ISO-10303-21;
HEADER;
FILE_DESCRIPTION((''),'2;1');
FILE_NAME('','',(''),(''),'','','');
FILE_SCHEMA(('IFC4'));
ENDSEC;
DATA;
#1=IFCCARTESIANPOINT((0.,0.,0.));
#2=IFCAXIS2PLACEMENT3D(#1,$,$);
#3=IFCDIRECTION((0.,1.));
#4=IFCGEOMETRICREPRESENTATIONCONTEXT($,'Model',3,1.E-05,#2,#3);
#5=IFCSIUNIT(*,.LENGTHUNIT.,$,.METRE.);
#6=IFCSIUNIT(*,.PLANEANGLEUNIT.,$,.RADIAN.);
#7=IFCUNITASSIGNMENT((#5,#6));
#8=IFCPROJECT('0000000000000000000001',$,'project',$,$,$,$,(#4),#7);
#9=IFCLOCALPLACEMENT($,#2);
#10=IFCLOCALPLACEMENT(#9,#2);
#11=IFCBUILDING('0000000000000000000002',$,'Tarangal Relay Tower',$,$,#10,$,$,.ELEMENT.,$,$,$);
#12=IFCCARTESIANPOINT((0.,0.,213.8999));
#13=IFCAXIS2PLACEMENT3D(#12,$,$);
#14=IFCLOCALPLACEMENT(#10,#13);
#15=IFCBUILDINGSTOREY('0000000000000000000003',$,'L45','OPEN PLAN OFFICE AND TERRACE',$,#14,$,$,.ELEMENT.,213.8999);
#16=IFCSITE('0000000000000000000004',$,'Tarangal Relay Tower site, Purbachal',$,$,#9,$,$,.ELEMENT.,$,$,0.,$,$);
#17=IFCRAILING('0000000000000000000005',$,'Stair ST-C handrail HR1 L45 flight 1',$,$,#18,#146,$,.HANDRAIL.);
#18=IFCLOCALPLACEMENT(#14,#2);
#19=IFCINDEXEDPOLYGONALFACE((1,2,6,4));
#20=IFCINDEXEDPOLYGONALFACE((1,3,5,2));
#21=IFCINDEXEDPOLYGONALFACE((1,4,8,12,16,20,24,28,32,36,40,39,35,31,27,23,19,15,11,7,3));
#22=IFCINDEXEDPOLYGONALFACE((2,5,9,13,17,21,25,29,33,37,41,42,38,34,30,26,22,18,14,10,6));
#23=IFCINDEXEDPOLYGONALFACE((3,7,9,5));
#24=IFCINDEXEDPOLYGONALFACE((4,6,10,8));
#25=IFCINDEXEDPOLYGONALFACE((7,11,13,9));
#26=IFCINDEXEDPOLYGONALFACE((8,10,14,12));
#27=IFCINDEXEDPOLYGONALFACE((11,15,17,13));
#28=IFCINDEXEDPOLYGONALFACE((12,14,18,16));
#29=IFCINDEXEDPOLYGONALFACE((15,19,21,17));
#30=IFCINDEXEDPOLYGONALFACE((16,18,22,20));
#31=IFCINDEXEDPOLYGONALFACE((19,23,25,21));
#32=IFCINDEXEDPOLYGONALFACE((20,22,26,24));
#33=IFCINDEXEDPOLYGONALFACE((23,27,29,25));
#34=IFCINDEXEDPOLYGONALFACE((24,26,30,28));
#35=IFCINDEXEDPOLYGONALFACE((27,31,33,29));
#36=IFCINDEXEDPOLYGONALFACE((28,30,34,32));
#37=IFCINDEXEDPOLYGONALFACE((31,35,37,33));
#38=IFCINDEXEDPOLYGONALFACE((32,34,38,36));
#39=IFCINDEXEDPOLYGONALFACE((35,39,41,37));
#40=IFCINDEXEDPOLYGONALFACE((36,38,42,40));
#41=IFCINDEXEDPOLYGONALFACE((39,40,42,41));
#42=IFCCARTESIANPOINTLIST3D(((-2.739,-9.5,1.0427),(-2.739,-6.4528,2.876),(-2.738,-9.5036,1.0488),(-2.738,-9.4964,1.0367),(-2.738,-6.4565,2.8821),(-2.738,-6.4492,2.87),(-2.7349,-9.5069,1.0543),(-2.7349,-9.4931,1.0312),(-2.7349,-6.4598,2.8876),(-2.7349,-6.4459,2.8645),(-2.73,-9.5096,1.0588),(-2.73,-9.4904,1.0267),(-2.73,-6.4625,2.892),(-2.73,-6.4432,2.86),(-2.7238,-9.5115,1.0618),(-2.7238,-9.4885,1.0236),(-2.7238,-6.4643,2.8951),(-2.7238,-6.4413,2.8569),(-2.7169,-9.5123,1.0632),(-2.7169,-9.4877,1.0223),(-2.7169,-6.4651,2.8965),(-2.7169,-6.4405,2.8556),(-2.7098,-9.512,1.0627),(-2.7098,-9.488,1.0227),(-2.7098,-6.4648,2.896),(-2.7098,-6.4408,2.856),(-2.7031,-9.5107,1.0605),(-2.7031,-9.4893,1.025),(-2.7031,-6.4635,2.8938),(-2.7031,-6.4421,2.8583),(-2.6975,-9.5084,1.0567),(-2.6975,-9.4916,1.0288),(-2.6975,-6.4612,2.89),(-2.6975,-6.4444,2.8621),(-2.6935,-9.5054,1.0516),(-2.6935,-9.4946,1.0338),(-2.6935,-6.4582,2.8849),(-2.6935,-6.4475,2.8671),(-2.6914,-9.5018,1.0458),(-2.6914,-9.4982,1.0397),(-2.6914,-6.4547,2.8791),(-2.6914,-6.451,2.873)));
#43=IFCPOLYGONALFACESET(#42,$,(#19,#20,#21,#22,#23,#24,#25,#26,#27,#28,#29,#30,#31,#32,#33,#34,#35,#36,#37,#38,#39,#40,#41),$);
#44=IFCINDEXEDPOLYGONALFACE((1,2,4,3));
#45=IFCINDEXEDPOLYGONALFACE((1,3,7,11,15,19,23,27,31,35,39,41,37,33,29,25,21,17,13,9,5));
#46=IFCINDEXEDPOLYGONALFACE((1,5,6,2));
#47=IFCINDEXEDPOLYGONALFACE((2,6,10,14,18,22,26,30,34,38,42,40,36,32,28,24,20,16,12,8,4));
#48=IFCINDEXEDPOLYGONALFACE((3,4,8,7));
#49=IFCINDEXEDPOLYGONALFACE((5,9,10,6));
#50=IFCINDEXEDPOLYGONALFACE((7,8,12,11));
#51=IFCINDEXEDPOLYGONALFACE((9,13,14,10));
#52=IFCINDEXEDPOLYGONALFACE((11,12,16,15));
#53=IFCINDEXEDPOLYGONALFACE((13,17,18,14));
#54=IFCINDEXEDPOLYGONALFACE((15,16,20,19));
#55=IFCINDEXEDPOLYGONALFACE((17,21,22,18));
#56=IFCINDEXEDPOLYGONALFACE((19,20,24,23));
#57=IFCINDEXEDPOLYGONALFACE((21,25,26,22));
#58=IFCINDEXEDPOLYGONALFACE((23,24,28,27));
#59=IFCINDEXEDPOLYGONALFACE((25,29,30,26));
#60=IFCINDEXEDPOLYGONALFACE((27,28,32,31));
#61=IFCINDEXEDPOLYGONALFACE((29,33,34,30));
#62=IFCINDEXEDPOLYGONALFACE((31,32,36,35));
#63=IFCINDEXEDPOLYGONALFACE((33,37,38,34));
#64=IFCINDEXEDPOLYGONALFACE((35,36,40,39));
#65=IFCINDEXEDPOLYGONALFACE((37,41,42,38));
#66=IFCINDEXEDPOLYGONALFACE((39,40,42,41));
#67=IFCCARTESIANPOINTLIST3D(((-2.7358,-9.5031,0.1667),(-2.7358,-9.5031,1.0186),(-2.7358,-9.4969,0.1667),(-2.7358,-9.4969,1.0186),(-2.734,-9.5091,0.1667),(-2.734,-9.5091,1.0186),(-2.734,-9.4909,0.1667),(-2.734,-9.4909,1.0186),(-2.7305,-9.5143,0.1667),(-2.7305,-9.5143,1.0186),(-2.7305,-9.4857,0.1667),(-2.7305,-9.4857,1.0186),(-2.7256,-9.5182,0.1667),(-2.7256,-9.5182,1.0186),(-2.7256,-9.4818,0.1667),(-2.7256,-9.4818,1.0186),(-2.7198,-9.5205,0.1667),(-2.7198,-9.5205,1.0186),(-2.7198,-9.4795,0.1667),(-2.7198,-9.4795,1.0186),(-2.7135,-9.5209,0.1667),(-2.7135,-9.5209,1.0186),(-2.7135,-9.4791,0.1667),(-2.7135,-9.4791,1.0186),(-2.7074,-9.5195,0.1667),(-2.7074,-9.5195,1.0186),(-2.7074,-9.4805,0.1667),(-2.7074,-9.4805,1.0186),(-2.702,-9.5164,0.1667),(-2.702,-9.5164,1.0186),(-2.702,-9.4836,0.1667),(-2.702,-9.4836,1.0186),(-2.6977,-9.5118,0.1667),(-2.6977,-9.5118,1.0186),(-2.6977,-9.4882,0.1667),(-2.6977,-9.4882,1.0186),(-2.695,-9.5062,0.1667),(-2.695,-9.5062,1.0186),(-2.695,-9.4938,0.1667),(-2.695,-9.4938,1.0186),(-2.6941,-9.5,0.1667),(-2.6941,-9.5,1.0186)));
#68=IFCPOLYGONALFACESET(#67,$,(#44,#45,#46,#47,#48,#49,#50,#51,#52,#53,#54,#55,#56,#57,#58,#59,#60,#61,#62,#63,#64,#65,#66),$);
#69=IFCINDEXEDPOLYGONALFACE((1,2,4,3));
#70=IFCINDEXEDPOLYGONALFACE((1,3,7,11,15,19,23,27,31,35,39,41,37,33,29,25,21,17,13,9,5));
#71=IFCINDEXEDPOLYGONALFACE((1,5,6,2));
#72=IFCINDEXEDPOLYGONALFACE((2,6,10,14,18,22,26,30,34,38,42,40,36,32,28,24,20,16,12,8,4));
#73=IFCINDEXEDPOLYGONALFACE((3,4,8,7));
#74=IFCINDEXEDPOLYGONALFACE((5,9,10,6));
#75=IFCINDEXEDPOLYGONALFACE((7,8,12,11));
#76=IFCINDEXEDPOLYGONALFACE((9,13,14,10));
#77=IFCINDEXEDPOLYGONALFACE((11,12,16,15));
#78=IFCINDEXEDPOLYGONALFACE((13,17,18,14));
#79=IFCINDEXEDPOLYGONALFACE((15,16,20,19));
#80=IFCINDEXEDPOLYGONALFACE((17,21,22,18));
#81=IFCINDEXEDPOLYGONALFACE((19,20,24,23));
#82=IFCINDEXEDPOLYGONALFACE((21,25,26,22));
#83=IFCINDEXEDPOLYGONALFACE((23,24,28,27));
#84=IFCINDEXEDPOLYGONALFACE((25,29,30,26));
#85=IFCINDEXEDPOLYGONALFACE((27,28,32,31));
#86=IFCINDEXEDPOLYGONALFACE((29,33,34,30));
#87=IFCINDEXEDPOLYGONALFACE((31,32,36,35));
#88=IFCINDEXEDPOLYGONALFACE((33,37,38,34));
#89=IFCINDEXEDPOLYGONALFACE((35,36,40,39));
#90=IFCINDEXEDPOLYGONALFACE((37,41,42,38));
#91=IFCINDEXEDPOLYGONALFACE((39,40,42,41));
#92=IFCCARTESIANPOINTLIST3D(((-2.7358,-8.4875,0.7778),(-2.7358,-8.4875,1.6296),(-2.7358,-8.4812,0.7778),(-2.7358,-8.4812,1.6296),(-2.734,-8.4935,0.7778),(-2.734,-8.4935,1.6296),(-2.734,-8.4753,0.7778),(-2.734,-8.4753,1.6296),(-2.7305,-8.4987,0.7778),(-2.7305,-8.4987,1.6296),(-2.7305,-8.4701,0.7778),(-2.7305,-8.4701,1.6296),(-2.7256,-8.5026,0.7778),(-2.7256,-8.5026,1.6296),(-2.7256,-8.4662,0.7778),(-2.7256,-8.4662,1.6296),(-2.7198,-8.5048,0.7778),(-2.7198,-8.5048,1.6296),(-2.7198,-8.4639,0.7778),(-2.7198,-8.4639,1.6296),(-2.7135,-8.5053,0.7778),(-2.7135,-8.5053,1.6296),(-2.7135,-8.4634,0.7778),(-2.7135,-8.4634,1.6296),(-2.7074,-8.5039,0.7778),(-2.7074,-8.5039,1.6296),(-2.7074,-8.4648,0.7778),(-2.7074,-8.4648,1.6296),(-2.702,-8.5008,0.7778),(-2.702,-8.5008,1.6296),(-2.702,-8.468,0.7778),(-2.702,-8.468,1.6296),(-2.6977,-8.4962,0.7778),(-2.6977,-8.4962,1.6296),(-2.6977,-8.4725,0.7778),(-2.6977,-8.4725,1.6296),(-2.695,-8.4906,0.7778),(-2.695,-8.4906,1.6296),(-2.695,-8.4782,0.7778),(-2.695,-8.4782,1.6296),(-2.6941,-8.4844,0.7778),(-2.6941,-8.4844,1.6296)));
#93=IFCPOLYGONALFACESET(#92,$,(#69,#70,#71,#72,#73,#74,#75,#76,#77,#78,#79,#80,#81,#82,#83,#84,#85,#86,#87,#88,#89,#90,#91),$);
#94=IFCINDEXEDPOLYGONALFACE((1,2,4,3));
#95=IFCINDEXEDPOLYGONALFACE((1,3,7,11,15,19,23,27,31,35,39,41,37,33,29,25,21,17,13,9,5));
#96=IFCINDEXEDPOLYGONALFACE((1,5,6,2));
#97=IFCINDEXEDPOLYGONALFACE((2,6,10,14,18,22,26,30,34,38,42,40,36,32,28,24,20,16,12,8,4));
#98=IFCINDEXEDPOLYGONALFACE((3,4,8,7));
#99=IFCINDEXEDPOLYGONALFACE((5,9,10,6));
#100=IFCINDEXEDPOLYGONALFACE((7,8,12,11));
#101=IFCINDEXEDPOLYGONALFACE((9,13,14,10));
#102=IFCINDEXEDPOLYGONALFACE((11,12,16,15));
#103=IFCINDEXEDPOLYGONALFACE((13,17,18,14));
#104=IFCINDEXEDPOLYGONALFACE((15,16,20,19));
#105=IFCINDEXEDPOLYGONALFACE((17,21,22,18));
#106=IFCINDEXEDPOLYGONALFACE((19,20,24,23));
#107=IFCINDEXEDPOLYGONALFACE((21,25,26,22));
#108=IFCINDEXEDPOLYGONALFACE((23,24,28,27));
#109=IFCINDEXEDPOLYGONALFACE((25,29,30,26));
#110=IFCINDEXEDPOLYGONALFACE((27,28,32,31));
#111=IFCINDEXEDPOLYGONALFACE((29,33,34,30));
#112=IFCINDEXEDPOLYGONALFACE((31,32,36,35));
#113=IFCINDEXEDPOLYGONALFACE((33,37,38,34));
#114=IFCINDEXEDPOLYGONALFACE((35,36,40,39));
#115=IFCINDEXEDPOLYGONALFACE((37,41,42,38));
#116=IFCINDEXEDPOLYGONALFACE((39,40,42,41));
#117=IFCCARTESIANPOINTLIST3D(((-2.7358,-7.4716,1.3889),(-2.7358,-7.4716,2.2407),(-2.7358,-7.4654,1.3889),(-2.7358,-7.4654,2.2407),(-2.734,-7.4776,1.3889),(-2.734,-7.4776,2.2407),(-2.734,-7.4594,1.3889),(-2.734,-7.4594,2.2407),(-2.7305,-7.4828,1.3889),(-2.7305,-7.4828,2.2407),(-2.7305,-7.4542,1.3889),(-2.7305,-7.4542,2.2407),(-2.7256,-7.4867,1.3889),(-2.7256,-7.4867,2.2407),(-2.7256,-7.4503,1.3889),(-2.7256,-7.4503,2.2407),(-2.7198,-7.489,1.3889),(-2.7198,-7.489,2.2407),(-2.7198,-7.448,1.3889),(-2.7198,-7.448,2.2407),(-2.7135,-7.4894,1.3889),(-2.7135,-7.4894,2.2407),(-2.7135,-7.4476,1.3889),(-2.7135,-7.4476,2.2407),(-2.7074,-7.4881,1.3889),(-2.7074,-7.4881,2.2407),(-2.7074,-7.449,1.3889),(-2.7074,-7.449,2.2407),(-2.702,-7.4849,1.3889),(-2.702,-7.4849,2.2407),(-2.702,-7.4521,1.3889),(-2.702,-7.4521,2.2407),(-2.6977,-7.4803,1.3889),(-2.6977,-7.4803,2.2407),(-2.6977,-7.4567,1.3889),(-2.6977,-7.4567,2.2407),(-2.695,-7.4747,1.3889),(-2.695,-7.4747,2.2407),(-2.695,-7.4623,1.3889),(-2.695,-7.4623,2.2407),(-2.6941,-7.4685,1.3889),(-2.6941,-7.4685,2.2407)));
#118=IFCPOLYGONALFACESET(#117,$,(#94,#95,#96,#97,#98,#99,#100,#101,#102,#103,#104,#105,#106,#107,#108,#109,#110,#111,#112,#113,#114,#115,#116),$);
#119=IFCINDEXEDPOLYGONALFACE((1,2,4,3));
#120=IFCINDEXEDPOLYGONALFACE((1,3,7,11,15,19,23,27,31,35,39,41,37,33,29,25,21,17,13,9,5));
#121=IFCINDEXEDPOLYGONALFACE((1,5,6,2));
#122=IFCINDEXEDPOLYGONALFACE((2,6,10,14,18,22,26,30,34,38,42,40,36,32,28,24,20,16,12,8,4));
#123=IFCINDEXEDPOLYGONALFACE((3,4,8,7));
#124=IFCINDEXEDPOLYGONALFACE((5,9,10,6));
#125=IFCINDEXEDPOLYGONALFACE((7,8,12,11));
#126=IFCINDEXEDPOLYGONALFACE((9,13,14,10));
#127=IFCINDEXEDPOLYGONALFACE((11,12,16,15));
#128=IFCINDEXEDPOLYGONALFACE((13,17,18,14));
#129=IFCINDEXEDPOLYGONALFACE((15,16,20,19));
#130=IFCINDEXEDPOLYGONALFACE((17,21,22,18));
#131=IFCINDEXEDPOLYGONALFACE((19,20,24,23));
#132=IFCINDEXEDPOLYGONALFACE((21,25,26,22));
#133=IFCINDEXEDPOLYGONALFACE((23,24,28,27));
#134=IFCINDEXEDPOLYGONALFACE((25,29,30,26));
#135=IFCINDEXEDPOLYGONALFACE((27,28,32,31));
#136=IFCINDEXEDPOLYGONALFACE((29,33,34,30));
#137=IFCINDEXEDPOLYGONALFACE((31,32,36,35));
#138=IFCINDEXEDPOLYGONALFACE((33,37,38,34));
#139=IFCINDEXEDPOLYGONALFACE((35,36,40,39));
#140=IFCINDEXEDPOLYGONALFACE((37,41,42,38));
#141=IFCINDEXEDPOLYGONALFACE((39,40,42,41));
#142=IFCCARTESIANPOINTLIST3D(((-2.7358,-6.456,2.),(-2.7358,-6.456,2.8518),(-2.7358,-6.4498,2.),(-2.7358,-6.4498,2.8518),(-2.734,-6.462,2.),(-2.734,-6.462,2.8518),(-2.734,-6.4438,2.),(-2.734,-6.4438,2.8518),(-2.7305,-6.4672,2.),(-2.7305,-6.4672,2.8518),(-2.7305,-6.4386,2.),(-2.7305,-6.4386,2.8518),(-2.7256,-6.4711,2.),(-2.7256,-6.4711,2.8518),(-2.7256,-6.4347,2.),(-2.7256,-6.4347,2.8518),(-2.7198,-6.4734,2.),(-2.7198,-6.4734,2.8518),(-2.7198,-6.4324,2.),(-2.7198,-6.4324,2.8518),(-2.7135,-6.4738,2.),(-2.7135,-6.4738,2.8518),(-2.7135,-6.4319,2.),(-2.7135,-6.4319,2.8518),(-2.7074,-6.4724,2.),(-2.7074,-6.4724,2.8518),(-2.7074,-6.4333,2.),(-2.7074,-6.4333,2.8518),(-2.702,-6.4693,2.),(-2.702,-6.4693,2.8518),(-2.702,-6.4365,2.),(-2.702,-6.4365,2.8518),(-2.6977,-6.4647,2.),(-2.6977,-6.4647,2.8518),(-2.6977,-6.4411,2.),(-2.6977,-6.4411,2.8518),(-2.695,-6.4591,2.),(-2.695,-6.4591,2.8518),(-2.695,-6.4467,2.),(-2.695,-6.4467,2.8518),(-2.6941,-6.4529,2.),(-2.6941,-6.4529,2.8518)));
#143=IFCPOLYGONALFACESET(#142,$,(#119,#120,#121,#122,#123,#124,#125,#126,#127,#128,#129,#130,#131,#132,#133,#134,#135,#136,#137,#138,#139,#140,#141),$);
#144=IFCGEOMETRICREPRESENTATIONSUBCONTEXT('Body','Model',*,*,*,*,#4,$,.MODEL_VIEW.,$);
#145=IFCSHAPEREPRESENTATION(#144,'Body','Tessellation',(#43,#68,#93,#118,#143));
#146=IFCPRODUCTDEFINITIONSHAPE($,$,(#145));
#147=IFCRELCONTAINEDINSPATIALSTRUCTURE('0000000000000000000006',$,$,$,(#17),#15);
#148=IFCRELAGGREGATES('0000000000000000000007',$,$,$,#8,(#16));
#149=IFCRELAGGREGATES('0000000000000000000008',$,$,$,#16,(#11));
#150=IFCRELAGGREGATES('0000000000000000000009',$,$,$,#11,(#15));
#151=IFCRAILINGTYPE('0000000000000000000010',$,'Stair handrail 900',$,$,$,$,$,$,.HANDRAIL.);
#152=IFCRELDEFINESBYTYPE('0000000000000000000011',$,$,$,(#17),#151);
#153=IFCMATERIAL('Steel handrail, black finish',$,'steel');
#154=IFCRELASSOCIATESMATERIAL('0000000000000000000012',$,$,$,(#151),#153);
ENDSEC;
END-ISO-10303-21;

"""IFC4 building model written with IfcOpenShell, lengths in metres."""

from ifc_helpers import new_model, si_unit, direction, frame, origin, origin_2d, place, context, subcontext, project, spatial, circle, extrude, material, type_object, element, save


model = new_model("IFC4")

# Units and contexts
model_context = context("Model", 3, precision=1e-05, world=origin(), true_north=direction((0.0, 1.0)))
body_context = subcontext(model_context, "Body", "Model", "MODEL_VIEW")
ifc_project = project(units=[si_unit("LENGTHUNIT", "METRE"), si_unit("PLANEANGLEUNIT", "RADIAN")], contexts=[model_context])

# Site, building, storey
site_placement = place(None, origin())
site = spatial("IfcSite", under=ifc_project, at=site_placement, Name="Tarangal Relay Tower site, Purbachal", CompositionType="ELEMENT", RefElevation=0.0)
building_placement = place(site_placement, origin())
building = spatial("IfcBuilding", under=site, at=building_placement, Name="Tarangal Relay Tower", CompositionType="ELEMENT")
storey_placement = place(building_placement, frame((0.0, 0.0, 213.8999)))
storey = spatial("IfcBuildingStorey", under=building, at=storey_placement, Name="L45", Description="OPEN PLAN OFFICE AND TERRACE", CompositionType="ELEMENT", Elevation=213.8999)

# Railing
ifc_material_1 = material(Name="Steel handrail, black finish", Category="steel")
railing_type_1 = type_object("IfcRailingType", Name="Stair handrail 900", PredefinedType="HANDRAIL", material=ifc_material_1)
railing_1_placement = place(storey_placement, frame((-2.7151, -9.5, 0.1667)))
element("IfcRailing", 1, at=railing_1_placement, inside=storey, type_object=railing_type_1, Name="Stair ST-C handrail HR1 L45 flight 1", PredefinedType="HANDRAIL", context=body_context, shape_type="SweptSolid", body=[
    extrude(circle(Radius=0.0239, at=origin_2d()), frame((0.0, 0.0, 0.876), z_axis=(0.0, 0.856874, 0.515525), x_axis=(-1.0, 0.0, 0.0)), (0.0, 0.0, 1.0), 3.5562),
    extrude(circle(Radius=0.021, at=origin_2d()), origin(), (0.0, 0.0, 1.0), 0.8518),
    extrude(circle(Radius=0.021, at=origin_2d()), frame((0.0, 1.0156, 0.6111)), (0.0, 0.0, 1.0), 0.8518),
    extrude(circle(Radius=0.021, at=origin_2d()), frame((0.0, 2.0315, 1.2222)), (0.0, 0.0, 1.0), 0.8518),
    extrude(circle(Radius=0.021, at=origin_2d()), frame((0.0, 3.0471, 1.8333)), (0.0, 0.0, 1.0), 0.8518),
])

save(model, "model.ifc")
